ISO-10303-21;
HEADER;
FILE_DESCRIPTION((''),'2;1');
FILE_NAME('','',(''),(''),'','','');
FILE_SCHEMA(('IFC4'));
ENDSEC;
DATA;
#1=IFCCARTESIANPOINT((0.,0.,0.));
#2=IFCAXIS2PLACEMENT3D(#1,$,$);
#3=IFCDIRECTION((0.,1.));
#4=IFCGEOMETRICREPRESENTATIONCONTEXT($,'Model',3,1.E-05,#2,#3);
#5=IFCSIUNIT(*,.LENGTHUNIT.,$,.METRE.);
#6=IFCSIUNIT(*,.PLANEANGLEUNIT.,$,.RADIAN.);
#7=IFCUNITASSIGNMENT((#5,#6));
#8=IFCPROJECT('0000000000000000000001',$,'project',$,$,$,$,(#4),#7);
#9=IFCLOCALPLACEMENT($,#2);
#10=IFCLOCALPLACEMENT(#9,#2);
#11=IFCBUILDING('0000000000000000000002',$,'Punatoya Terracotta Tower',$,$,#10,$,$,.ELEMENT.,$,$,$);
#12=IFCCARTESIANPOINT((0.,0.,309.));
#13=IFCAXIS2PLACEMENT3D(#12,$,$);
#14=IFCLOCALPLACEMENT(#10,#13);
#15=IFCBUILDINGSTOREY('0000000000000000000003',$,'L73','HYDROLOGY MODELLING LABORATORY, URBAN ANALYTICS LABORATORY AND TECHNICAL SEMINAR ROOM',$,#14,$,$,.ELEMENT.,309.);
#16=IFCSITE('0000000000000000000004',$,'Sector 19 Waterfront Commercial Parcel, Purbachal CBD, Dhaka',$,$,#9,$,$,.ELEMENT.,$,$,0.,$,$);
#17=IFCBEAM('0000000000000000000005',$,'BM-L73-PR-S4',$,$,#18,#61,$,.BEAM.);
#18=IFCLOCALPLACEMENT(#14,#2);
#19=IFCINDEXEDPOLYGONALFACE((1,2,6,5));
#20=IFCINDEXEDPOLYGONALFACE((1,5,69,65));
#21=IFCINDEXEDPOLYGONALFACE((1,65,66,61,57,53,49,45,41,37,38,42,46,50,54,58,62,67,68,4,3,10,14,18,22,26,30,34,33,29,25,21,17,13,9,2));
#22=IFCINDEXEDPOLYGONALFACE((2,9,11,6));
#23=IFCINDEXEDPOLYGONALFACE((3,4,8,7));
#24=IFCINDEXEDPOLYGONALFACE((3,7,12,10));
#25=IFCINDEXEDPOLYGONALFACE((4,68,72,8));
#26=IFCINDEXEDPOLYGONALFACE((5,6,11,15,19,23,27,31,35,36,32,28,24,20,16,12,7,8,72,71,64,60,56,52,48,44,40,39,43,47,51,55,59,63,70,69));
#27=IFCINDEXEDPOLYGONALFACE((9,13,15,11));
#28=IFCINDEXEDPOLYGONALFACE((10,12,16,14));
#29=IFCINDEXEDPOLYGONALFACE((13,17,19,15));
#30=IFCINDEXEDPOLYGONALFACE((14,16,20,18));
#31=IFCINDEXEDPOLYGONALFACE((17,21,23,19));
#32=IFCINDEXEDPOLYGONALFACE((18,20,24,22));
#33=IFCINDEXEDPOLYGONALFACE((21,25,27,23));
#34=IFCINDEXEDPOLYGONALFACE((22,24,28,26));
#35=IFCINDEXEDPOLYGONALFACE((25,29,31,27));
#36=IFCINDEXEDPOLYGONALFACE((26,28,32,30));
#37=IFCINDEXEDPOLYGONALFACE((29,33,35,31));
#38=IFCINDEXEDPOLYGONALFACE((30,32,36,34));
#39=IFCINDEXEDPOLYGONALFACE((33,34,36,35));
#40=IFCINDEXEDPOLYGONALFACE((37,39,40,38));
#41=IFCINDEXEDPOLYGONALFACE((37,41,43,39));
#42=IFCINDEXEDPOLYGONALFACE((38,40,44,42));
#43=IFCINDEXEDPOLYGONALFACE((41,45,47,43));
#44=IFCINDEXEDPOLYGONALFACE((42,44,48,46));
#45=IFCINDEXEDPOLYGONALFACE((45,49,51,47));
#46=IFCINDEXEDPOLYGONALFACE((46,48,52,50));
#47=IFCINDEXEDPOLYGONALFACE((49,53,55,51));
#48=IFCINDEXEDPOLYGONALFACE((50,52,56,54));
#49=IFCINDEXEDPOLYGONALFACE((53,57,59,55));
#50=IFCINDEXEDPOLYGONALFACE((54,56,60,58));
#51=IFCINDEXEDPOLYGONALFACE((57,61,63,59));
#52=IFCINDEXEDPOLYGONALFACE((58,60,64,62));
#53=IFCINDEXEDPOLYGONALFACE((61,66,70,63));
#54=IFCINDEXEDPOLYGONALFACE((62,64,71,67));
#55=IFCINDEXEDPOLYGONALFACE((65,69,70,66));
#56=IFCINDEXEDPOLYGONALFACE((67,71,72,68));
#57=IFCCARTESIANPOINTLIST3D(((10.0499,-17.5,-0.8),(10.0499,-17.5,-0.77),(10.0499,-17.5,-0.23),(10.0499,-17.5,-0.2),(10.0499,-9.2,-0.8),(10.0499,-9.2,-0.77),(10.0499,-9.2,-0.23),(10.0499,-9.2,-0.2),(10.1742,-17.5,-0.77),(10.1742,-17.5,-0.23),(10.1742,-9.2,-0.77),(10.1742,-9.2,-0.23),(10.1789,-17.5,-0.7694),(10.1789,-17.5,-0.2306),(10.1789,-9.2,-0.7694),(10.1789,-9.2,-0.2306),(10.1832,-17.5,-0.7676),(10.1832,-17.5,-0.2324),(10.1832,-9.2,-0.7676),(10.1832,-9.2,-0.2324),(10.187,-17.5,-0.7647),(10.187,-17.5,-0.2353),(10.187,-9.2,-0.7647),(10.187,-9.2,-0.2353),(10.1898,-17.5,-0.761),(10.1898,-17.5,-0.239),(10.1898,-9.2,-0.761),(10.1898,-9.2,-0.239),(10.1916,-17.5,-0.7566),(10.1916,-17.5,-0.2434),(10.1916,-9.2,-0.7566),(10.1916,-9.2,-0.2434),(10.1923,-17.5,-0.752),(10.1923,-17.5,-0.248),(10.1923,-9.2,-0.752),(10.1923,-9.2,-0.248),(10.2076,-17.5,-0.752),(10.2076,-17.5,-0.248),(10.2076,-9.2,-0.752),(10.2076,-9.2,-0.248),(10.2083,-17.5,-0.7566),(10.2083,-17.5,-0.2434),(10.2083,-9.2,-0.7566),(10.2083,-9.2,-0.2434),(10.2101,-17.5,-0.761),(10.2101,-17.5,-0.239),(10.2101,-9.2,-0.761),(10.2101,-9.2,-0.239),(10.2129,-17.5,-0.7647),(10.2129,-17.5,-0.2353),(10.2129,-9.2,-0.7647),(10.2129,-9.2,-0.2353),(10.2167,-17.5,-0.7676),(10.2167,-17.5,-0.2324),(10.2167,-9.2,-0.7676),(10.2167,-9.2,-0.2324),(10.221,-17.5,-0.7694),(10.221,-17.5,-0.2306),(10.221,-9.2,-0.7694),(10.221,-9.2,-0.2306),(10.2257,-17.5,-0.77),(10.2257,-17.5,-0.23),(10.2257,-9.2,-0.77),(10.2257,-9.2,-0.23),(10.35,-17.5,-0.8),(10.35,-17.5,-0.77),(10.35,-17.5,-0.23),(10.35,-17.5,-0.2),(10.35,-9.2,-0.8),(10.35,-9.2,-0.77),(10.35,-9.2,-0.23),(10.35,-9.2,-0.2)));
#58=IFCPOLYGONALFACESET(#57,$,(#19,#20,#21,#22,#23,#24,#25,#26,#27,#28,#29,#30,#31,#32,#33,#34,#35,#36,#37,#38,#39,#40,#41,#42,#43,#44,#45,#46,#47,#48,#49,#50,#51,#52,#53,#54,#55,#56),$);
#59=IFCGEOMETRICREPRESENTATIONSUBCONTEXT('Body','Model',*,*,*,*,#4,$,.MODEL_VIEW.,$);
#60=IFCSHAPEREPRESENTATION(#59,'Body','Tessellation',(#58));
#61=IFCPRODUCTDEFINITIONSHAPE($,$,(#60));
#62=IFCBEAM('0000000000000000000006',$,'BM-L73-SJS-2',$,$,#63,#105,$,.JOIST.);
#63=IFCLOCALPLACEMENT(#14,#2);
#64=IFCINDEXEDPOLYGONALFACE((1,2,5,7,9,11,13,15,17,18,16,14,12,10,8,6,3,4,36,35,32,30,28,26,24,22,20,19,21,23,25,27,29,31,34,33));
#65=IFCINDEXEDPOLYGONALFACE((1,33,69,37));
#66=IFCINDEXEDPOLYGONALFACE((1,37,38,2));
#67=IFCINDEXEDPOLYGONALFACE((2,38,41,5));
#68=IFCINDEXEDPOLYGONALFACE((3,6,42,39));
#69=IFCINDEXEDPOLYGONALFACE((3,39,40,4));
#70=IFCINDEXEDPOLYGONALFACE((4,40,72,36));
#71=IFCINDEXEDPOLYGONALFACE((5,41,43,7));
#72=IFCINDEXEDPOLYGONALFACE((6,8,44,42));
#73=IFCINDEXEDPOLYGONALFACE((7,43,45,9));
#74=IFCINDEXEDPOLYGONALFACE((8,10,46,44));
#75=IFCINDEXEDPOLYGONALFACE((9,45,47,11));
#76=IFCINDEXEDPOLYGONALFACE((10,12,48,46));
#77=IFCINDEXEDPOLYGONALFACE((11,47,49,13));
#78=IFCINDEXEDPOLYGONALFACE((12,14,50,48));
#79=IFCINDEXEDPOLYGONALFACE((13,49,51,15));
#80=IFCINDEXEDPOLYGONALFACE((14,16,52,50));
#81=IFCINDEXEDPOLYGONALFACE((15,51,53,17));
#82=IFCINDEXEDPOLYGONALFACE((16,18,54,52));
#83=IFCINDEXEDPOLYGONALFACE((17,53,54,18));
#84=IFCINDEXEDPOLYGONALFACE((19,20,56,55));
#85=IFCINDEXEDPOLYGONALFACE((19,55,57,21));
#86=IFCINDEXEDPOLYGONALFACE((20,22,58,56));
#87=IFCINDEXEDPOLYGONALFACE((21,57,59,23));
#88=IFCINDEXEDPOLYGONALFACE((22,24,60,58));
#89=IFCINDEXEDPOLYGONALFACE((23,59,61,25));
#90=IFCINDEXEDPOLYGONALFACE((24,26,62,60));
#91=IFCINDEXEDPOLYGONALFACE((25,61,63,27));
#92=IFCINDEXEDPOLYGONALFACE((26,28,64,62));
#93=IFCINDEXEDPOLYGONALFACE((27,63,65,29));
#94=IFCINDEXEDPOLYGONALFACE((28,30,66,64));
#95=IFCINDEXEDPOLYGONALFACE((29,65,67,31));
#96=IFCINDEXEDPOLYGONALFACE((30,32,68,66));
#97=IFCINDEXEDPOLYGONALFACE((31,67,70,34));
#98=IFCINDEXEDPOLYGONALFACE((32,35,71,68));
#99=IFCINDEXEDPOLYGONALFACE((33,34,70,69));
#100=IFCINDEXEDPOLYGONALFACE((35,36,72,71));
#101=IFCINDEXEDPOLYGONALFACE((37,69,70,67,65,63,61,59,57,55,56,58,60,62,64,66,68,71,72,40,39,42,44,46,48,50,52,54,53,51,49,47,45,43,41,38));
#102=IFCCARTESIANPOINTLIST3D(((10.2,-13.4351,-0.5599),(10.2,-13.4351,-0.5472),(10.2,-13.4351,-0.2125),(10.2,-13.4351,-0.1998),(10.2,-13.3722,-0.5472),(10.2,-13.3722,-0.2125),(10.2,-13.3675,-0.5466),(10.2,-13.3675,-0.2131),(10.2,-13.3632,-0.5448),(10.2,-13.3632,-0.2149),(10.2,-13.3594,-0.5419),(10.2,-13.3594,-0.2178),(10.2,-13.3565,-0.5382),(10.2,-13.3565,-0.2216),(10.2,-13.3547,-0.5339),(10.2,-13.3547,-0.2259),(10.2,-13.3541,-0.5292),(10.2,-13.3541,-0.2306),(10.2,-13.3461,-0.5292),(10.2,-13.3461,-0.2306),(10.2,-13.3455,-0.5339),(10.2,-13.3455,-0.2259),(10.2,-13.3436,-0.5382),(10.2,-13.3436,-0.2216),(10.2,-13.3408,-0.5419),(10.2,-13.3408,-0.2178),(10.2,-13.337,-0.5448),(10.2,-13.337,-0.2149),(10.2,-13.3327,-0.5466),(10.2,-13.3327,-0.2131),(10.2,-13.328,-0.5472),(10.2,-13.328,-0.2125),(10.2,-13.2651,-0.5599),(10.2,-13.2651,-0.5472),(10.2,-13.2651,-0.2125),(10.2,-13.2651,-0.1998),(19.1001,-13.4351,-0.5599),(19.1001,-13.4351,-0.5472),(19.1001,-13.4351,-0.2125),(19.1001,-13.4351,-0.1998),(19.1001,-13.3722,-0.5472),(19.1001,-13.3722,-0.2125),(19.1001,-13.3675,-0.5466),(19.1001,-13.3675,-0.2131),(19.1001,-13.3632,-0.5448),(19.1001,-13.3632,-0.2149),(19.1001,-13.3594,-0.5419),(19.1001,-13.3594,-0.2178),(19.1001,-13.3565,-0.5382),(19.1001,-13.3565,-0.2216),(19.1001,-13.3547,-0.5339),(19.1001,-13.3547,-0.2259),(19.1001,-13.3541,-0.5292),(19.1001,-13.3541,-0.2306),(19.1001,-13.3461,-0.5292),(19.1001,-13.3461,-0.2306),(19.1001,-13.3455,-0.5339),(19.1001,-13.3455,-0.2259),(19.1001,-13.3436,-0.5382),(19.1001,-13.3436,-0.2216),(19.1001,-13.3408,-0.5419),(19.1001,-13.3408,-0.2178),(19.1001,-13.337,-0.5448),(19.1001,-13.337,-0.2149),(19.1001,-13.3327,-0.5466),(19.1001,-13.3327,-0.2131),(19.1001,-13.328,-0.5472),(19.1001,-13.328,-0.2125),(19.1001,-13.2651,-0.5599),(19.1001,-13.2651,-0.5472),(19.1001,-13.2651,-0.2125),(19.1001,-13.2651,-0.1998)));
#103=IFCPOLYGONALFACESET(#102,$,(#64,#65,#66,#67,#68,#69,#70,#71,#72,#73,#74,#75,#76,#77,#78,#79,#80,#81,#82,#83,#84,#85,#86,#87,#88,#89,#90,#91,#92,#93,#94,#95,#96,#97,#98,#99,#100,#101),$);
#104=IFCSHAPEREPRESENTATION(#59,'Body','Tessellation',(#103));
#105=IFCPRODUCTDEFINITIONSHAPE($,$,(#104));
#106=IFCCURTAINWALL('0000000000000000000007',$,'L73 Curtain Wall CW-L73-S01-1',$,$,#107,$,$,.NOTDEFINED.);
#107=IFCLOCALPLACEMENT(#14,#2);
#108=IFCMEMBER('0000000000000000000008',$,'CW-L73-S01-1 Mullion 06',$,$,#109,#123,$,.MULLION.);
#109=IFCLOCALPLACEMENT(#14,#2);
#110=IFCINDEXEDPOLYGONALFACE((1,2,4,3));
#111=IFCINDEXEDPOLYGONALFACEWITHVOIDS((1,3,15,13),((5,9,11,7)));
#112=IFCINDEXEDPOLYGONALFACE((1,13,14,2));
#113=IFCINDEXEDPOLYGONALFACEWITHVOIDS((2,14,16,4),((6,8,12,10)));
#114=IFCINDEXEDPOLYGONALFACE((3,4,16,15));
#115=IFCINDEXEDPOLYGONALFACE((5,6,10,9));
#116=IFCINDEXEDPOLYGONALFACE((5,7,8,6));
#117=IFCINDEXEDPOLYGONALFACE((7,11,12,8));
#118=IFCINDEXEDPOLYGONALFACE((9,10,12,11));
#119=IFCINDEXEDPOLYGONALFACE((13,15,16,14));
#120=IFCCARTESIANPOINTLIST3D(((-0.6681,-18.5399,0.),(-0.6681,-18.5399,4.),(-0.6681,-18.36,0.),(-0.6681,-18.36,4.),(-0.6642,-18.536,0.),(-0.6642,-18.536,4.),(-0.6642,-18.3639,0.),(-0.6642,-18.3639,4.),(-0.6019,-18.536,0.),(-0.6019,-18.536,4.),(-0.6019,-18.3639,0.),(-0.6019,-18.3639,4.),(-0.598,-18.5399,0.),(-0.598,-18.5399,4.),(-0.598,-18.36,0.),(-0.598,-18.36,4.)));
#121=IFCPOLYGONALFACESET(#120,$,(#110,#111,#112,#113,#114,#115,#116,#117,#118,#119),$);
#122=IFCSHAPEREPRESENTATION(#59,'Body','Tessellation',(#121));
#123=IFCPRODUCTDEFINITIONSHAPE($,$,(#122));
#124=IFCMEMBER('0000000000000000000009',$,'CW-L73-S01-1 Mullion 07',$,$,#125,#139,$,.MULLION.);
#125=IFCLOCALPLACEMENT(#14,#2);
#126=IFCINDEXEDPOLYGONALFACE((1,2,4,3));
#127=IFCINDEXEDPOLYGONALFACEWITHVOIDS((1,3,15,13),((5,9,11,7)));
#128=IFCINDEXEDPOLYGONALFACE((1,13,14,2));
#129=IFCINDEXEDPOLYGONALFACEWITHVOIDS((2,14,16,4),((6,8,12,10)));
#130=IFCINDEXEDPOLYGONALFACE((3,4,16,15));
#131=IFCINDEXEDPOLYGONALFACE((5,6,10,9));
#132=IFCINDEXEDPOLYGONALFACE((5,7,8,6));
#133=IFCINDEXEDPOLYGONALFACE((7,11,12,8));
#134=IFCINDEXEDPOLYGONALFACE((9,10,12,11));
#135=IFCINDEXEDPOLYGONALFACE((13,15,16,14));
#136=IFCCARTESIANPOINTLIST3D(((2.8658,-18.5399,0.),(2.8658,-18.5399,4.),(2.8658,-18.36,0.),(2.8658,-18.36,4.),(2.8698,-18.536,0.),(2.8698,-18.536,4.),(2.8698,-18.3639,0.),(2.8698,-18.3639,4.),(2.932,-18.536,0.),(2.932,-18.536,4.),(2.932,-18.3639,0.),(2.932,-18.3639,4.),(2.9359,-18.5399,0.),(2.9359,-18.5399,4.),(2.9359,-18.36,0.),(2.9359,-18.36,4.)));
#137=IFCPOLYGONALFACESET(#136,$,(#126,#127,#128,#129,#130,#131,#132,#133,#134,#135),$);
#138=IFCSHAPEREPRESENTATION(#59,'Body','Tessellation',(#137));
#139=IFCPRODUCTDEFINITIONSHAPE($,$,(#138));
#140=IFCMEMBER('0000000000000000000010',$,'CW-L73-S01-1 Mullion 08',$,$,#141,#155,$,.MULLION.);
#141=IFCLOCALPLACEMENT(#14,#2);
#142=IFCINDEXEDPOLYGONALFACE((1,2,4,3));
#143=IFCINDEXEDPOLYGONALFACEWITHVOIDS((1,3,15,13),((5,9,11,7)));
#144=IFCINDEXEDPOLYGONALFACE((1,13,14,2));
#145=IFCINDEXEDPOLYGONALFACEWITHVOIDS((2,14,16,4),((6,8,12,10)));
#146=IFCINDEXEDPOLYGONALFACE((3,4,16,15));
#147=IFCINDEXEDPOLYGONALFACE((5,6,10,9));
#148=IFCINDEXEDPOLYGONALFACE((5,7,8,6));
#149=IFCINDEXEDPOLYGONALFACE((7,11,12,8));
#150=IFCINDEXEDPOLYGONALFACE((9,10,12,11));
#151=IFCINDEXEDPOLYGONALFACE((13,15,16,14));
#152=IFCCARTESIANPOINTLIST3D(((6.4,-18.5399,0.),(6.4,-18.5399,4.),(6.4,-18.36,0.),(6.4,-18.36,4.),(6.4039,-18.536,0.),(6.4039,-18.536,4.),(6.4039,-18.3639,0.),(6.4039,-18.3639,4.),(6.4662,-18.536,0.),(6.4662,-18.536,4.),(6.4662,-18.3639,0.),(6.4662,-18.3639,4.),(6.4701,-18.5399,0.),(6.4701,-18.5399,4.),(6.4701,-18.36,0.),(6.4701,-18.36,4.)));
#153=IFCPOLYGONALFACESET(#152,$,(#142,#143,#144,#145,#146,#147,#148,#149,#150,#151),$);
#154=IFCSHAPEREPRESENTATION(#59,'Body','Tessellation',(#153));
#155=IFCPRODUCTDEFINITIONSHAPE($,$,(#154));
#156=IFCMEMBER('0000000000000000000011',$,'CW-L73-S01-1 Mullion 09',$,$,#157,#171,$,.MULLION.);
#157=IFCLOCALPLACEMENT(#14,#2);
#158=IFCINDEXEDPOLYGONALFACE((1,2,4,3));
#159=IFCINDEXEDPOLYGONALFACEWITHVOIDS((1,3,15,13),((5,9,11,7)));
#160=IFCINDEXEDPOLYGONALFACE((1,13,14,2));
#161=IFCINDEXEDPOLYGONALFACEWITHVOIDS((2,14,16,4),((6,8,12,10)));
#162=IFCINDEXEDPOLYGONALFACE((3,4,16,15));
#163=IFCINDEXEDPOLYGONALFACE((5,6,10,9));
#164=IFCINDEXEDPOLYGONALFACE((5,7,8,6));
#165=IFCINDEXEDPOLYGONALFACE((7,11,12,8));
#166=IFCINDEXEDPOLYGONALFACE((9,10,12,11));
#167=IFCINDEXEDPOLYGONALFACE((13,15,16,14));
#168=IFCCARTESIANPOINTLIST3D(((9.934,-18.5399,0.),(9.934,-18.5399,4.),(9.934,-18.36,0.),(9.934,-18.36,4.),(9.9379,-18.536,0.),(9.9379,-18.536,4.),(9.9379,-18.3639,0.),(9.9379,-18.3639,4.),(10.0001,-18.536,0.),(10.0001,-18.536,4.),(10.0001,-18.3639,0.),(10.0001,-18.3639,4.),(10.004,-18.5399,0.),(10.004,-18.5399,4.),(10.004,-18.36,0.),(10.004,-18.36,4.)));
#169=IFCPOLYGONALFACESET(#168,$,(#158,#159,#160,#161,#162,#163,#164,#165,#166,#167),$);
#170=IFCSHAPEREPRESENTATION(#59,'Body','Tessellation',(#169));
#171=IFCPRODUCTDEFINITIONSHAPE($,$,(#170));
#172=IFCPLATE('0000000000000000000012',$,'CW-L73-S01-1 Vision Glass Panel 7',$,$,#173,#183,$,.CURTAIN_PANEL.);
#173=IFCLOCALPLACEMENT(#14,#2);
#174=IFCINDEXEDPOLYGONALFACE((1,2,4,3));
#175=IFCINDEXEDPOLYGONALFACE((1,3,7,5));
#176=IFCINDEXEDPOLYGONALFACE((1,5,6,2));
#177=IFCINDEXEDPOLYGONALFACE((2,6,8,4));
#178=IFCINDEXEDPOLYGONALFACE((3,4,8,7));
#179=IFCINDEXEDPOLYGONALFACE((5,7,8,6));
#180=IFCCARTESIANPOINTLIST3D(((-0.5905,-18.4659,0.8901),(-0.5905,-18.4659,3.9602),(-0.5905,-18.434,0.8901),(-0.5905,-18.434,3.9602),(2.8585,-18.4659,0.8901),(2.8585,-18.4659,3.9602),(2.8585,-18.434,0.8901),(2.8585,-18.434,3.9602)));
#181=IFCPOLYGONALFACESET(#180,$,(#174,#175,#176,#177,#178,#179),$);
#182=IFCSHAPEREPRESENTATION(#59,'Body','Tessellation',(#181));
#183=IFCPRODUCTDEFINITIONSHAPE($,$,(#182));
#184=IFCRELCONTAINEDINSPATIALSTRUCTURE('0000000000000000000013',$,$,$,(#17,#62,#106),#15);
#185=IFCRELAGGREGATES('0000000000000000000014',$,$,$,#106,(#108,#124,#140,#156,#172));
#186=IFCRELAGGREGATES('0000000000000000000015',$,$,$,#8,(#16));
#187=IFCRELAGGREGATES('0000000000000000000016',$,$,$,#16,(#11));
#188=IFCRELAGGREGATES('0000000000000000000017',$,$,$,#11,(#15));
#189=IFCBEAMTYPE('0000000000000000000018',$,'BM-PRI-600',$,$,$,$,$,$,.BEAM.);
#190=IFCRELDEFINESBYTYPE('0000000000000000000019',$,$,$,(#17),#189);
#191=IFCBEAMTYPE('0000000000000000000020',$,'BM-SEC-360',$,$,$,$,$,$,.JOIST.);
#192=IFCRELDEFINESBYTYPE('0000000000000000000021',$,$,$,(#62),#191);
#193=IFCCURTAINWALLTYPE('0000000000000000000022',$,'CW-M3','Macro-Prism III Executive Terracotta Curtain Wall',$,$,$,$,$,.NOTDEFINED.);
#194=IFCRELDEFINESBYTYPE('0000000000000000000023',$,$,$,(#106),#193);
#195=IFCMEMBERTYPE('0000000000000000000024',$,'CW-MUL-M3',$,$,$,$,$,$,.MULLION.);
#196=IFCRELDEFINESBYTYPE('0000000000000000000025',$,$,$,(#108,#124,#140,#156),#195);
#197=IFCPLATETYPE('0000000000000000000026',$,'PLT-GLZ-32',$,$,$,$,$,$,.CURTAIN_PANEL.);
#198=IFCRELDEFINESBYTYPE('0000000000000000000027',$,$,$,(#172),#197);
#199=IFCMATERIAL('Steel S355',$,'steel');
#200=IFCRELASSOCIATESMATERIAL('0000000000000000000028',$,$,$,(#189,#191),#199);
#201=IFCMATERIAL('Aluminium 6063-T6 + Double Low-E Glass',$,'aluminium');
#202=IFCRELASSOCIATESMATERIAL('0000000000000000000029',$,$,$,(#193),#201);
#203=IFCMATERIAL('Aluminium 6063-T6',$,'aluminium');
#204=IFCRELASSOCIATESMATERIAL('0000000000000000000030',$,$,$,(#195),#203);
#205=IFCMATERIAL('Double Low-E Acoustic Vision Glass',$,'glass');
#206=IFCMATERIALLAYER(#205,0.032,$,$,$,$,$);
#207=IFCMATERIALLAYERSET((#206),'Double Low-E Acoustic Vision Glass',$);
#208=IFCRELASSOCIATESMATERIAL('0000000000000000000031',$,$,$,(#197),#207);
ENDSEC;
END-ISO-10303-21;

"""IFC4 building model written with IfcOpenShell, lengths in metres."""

from ifc_helpers import new_model, si_unit, direction, frame, origin, origin_2d, place, context, subcontext, project, spatial, rectangle, hollow_rectangle, i_section, extrude, material, layer, layer_set, material_profile, profile_set, type_object, element, aggregate, save


model = new_model("IFC4")

# Units and contexts
model_context = context("Model", 3, precision=1e-05, world=origin(), true_north=direction((0.0, 1.0)))
body_context = subcontext(model_context, "Body", "Model", "MODEL_VIEW")
ifc_project = project(units=[si_unit("LENGTHUNIT", "METRE"), si_unit("PLANEANGLEUNIT", "RADIAN")], contexts=[model_context])

# Site, building, storey
site_placement = place(None, origin())
site = spatial("IfcSite", under=ifc_project, at=site_placement, Name="Sector 19 Waterfront Commercial Parcel, Purbachal CBD, Dhaka", CompositionType="ELEMENT", RefElevation=0.0)
building_placement = place(site_placement, origin())
building = spatial("IfcBuilding", under=site, at=building_placement, Name="Punatoya Terracotta Tower", CompositionType="ELEMENT")
storey_placement = place(building_placement, frame((0.0, 0.0, 309.0)))
storey = spatial("IfcBuildingStorey", under=building, at=storey_placement, Name="L73", Description="HYDROLOGY MODELLING LABORATORY, URBAN ANALYTICS LABORATORY AND TECHNICAL SEMINAR ROOM", CompositionType="ELEMENT", Elevation=309.0)

# Beams
ifc_material_1 = material(Name="Steel S355", Category="steel")
ifc_material_profile_1 = material_profile(ifc_material_1, i_section(OverallWidth=0.3, OverallDepth=0.6001, WebThickness=0.0154, FlangeThickness=0.03, FilletRadius=0.0181, at=origin_2d()))
ifc_profile_set_1 = profile_set([ifc_material_profile_1], Name="Steel S355")
beam_type_1 = type_object("IfcBeamType", Name="BM-PRI-600", PredefinedType="BEAM", material=ifc_profile_set_1)
for number, where, z_axis, x_axis, name in (
    (1, (10.2, -17.5, -0.5), (0.0, 1.0, 0.0), (-1.0, 0.0, 0.0), "BM-L73-PR-S4"),
):
    element("IfcBeam", number, at=place(storey_placement, frame(where, z_axis=z_axis, x_axis=x_axis)), inside=storey, type_object=beam_type_1, Name=name, PredefinedType="BEAM", context=body_context, shape_type="SweptSolid", body=[
        extrude(i_section(OverallWidth=0.3, OverallDepth=0.6001, WebThickness=0.0154, FlangeThickness=0.03, FilletRadius=0.0181, at=origin_2d()), origin(), (0.0, 0.0, 1.0), 8.3),
    ])
ifc_material_profile_2 = material_profile(ifc_material_1, i_section(OverallWidth=0.1699, OverallDepth=0.3601, WebThickness=0.0081, FlangeThickness=0.0127, FilletRadius=0.0181, at=origin_2d()))
ifc_profile_set_2 = profile_set([ifc_material_profile_2], Name="Steel S355")
beam_type_2 = type_object("IfcBeamType", Name="BM-SEC-360", PredefinedType="JOIST", material=ifc_profile_set_2)
beam_1_placement = place(storey_placement, frame((10.2, -13.3501, -0.3799), z_axis=(1.0, 0.0, 0.0), x_axis=(0.0, 1.0, 0.0)))
element("IfcBeam", 2, at=beam_1_placement, inside=storey, type_object=beam_type_2, Name="BM-L73-SJS-2", PredefinedType="JOIST", context=body_context, shape_type="SweptSolid", body=[
    extrude(i_section(OverallWidth=0.1699, OverallDepth=0.3601, WebThickness=0.0081, FlangeThickness=0.0127, FilletRadius=0.0181, at=origin_2d()), origin(), (0.0, 0.0, 1.0), 8.9001),
])

# Curtain wall, members, plate
ifc_material_2 = material(Name="Aluminium 6063-T6 + Double Low-E Glass", Category="aluminium")
curtain_wall_type = type_object("IfcCurtainWallType", Name="CW-M3", Description="Macro-Prism III Executive Terracotta Curtain Wall", PredefinedType="NOTDEFINED", material=ifc_material_2)
curtain_wall_placement = place(storey_placement, origin())
curtain_wall = element("IfcCurtainWall", 3, at=curtain_wall_placement, inside=storey, type_object=curtain_wall_type, Name="L73 Curtain Wall CW-L73-S01-1", PredefinedType="NOTDEFINED")
ifc_material_3 = material(Name="Aluminium 6063-T6", Category="aluminium")
ifc_material_profile_3 = material_profile(ifc_material_3, hollow_rectangle(XDim=0.0701, YDim=0.1799, WallThickness=0.0039, at=origin_2d()))
ifc_profile_set_3 = profile_set([ifc_material_profile_3], Name="Aluminium 6063-T6")
member_type = type_object("IfcMemberType", Name="CW-MUL-M3", PredefinedType="MULLION", material=ifc_profile_set_3)
member_1_placement = place(storey_placement, frame((-0.6331, -18.45, 0.0), z_axis=(0.0, 0.0, 1.0), x_axis=(1.0, 0.0, 0.0)))
member_1 = element("IfcMember", 4, at=member_1_placement, type_object=member_type, Name="CW-L73-S01-1 Mullion 06", PredefinedType="MULLION", context=body_context, shape_type="SweptSolid", body=[
    extrude(hollow_rectangle(XDim=0.0701, YDim=0.1799, WallThickness=0.0039, at=origin_2d()), origin(), (0.0, 0.0, 1.0), 4.0),
])
member_2_placement = place(storey_placement, frame((2.9009, -18.45, 0.0), z_axis=(0.0, 0.0, 1.0), x_axis=(1.0, 0.0, 0.0)))
member_2 = element("IfcMember", 5, at=member_2_placement, type_object=member_type, Name="CW-L73-S01-1 Mullion 07", PredefinedType="MULLION", context=body_context, shape_type="SweptSolid", body=[
    extrude(hollow_rectangle(XDim=0.0701, YDim=0.1799, WallThickness=0.0039, at=origin_2d()), origin(), (0.0, 0.0, 1.0), 4.0),
])
member_3_placement = place(storey_placement, frame((6.4351, -18.45, 0.0), z_axis=(0.0, 0.0, 1.0), x_axis=(1.0, 0.0, 0.0)))
member_3 = element("IfcMember", 6, at=member_3_placement, type_object=member_type, Name="CW-L73-S01-1 Mullion 08", PredefinedType="MULLION", context=body_context, shape_type="SweptSolid", body=[
    extrude(hollow_rectangle(XDim=0.0701, YDim=0.1799, WallThickness=0.0039, at=origin_2d()), origin(), (0.0, 0.0, 1.0), 4.0),
])
member_4_placement = place(storey_placement, frame((9.969, -18.45, 0.0), z_axis=(0.0, 0.0, 1.0), x_axis=(1.0, 0.0, 0.0)))
member_4 = element("IfcMember", 7, at=member_4_placement, type_object=member_type, Name="CW-L73-S01-1 Mullion 09", PredefinedType="MULLION", context=body_context, shape_type="SweptSolid", body=[
    extrude(hollow_rectangle(XDim=0.0701, YDim=0.1799, WallThickness=0.0039, at=origin_2d()), origin(), (0.0, 0.0, 1.0), 4.0),
])
ifc_material_4 = material(Name="Double Low-E Acoustic Vision Glass", Category="glass")
ifc_layer_1 = layer(ifc_material_4, 0.032)
ifc_layer_set_1 = layer_set([ifc_layer_1], Name="Double Low-E Acoustic Vision Glass")
plate_type_1 = type_object("IfcPlateType", Name="PLT-GLZ-32", PredefinedType="CURTAIN_PANEL", material=ifc_layer_set_1)
plate_1_placement = place(storey_placement, frame((1.134, -18.45, 0.8901), z_axis=(0.0, 0.0, 1.0), x_axis=(1.0, 0.0, 0.0)))
plate_1 = element("IfcPlate", 8, at=plate_1_placement, type_object=plate_type_1, Name="CW-L73-S01-1 Vision Glass Panel 7", PredefinedType="CURTAIN_PANEL", context=body_context, shape_type="SweptSolid", body=[
    extrude(rectangle(XDim=3.449, YDim=0.032, at=origin_2d()), origin(), (0.0, 0.0, 1.0), 3.0701),
])
aggregate(curtain_wall, [member_1, member_2, member_3, member_4, plate_1])

save(model, "model.ifc")
